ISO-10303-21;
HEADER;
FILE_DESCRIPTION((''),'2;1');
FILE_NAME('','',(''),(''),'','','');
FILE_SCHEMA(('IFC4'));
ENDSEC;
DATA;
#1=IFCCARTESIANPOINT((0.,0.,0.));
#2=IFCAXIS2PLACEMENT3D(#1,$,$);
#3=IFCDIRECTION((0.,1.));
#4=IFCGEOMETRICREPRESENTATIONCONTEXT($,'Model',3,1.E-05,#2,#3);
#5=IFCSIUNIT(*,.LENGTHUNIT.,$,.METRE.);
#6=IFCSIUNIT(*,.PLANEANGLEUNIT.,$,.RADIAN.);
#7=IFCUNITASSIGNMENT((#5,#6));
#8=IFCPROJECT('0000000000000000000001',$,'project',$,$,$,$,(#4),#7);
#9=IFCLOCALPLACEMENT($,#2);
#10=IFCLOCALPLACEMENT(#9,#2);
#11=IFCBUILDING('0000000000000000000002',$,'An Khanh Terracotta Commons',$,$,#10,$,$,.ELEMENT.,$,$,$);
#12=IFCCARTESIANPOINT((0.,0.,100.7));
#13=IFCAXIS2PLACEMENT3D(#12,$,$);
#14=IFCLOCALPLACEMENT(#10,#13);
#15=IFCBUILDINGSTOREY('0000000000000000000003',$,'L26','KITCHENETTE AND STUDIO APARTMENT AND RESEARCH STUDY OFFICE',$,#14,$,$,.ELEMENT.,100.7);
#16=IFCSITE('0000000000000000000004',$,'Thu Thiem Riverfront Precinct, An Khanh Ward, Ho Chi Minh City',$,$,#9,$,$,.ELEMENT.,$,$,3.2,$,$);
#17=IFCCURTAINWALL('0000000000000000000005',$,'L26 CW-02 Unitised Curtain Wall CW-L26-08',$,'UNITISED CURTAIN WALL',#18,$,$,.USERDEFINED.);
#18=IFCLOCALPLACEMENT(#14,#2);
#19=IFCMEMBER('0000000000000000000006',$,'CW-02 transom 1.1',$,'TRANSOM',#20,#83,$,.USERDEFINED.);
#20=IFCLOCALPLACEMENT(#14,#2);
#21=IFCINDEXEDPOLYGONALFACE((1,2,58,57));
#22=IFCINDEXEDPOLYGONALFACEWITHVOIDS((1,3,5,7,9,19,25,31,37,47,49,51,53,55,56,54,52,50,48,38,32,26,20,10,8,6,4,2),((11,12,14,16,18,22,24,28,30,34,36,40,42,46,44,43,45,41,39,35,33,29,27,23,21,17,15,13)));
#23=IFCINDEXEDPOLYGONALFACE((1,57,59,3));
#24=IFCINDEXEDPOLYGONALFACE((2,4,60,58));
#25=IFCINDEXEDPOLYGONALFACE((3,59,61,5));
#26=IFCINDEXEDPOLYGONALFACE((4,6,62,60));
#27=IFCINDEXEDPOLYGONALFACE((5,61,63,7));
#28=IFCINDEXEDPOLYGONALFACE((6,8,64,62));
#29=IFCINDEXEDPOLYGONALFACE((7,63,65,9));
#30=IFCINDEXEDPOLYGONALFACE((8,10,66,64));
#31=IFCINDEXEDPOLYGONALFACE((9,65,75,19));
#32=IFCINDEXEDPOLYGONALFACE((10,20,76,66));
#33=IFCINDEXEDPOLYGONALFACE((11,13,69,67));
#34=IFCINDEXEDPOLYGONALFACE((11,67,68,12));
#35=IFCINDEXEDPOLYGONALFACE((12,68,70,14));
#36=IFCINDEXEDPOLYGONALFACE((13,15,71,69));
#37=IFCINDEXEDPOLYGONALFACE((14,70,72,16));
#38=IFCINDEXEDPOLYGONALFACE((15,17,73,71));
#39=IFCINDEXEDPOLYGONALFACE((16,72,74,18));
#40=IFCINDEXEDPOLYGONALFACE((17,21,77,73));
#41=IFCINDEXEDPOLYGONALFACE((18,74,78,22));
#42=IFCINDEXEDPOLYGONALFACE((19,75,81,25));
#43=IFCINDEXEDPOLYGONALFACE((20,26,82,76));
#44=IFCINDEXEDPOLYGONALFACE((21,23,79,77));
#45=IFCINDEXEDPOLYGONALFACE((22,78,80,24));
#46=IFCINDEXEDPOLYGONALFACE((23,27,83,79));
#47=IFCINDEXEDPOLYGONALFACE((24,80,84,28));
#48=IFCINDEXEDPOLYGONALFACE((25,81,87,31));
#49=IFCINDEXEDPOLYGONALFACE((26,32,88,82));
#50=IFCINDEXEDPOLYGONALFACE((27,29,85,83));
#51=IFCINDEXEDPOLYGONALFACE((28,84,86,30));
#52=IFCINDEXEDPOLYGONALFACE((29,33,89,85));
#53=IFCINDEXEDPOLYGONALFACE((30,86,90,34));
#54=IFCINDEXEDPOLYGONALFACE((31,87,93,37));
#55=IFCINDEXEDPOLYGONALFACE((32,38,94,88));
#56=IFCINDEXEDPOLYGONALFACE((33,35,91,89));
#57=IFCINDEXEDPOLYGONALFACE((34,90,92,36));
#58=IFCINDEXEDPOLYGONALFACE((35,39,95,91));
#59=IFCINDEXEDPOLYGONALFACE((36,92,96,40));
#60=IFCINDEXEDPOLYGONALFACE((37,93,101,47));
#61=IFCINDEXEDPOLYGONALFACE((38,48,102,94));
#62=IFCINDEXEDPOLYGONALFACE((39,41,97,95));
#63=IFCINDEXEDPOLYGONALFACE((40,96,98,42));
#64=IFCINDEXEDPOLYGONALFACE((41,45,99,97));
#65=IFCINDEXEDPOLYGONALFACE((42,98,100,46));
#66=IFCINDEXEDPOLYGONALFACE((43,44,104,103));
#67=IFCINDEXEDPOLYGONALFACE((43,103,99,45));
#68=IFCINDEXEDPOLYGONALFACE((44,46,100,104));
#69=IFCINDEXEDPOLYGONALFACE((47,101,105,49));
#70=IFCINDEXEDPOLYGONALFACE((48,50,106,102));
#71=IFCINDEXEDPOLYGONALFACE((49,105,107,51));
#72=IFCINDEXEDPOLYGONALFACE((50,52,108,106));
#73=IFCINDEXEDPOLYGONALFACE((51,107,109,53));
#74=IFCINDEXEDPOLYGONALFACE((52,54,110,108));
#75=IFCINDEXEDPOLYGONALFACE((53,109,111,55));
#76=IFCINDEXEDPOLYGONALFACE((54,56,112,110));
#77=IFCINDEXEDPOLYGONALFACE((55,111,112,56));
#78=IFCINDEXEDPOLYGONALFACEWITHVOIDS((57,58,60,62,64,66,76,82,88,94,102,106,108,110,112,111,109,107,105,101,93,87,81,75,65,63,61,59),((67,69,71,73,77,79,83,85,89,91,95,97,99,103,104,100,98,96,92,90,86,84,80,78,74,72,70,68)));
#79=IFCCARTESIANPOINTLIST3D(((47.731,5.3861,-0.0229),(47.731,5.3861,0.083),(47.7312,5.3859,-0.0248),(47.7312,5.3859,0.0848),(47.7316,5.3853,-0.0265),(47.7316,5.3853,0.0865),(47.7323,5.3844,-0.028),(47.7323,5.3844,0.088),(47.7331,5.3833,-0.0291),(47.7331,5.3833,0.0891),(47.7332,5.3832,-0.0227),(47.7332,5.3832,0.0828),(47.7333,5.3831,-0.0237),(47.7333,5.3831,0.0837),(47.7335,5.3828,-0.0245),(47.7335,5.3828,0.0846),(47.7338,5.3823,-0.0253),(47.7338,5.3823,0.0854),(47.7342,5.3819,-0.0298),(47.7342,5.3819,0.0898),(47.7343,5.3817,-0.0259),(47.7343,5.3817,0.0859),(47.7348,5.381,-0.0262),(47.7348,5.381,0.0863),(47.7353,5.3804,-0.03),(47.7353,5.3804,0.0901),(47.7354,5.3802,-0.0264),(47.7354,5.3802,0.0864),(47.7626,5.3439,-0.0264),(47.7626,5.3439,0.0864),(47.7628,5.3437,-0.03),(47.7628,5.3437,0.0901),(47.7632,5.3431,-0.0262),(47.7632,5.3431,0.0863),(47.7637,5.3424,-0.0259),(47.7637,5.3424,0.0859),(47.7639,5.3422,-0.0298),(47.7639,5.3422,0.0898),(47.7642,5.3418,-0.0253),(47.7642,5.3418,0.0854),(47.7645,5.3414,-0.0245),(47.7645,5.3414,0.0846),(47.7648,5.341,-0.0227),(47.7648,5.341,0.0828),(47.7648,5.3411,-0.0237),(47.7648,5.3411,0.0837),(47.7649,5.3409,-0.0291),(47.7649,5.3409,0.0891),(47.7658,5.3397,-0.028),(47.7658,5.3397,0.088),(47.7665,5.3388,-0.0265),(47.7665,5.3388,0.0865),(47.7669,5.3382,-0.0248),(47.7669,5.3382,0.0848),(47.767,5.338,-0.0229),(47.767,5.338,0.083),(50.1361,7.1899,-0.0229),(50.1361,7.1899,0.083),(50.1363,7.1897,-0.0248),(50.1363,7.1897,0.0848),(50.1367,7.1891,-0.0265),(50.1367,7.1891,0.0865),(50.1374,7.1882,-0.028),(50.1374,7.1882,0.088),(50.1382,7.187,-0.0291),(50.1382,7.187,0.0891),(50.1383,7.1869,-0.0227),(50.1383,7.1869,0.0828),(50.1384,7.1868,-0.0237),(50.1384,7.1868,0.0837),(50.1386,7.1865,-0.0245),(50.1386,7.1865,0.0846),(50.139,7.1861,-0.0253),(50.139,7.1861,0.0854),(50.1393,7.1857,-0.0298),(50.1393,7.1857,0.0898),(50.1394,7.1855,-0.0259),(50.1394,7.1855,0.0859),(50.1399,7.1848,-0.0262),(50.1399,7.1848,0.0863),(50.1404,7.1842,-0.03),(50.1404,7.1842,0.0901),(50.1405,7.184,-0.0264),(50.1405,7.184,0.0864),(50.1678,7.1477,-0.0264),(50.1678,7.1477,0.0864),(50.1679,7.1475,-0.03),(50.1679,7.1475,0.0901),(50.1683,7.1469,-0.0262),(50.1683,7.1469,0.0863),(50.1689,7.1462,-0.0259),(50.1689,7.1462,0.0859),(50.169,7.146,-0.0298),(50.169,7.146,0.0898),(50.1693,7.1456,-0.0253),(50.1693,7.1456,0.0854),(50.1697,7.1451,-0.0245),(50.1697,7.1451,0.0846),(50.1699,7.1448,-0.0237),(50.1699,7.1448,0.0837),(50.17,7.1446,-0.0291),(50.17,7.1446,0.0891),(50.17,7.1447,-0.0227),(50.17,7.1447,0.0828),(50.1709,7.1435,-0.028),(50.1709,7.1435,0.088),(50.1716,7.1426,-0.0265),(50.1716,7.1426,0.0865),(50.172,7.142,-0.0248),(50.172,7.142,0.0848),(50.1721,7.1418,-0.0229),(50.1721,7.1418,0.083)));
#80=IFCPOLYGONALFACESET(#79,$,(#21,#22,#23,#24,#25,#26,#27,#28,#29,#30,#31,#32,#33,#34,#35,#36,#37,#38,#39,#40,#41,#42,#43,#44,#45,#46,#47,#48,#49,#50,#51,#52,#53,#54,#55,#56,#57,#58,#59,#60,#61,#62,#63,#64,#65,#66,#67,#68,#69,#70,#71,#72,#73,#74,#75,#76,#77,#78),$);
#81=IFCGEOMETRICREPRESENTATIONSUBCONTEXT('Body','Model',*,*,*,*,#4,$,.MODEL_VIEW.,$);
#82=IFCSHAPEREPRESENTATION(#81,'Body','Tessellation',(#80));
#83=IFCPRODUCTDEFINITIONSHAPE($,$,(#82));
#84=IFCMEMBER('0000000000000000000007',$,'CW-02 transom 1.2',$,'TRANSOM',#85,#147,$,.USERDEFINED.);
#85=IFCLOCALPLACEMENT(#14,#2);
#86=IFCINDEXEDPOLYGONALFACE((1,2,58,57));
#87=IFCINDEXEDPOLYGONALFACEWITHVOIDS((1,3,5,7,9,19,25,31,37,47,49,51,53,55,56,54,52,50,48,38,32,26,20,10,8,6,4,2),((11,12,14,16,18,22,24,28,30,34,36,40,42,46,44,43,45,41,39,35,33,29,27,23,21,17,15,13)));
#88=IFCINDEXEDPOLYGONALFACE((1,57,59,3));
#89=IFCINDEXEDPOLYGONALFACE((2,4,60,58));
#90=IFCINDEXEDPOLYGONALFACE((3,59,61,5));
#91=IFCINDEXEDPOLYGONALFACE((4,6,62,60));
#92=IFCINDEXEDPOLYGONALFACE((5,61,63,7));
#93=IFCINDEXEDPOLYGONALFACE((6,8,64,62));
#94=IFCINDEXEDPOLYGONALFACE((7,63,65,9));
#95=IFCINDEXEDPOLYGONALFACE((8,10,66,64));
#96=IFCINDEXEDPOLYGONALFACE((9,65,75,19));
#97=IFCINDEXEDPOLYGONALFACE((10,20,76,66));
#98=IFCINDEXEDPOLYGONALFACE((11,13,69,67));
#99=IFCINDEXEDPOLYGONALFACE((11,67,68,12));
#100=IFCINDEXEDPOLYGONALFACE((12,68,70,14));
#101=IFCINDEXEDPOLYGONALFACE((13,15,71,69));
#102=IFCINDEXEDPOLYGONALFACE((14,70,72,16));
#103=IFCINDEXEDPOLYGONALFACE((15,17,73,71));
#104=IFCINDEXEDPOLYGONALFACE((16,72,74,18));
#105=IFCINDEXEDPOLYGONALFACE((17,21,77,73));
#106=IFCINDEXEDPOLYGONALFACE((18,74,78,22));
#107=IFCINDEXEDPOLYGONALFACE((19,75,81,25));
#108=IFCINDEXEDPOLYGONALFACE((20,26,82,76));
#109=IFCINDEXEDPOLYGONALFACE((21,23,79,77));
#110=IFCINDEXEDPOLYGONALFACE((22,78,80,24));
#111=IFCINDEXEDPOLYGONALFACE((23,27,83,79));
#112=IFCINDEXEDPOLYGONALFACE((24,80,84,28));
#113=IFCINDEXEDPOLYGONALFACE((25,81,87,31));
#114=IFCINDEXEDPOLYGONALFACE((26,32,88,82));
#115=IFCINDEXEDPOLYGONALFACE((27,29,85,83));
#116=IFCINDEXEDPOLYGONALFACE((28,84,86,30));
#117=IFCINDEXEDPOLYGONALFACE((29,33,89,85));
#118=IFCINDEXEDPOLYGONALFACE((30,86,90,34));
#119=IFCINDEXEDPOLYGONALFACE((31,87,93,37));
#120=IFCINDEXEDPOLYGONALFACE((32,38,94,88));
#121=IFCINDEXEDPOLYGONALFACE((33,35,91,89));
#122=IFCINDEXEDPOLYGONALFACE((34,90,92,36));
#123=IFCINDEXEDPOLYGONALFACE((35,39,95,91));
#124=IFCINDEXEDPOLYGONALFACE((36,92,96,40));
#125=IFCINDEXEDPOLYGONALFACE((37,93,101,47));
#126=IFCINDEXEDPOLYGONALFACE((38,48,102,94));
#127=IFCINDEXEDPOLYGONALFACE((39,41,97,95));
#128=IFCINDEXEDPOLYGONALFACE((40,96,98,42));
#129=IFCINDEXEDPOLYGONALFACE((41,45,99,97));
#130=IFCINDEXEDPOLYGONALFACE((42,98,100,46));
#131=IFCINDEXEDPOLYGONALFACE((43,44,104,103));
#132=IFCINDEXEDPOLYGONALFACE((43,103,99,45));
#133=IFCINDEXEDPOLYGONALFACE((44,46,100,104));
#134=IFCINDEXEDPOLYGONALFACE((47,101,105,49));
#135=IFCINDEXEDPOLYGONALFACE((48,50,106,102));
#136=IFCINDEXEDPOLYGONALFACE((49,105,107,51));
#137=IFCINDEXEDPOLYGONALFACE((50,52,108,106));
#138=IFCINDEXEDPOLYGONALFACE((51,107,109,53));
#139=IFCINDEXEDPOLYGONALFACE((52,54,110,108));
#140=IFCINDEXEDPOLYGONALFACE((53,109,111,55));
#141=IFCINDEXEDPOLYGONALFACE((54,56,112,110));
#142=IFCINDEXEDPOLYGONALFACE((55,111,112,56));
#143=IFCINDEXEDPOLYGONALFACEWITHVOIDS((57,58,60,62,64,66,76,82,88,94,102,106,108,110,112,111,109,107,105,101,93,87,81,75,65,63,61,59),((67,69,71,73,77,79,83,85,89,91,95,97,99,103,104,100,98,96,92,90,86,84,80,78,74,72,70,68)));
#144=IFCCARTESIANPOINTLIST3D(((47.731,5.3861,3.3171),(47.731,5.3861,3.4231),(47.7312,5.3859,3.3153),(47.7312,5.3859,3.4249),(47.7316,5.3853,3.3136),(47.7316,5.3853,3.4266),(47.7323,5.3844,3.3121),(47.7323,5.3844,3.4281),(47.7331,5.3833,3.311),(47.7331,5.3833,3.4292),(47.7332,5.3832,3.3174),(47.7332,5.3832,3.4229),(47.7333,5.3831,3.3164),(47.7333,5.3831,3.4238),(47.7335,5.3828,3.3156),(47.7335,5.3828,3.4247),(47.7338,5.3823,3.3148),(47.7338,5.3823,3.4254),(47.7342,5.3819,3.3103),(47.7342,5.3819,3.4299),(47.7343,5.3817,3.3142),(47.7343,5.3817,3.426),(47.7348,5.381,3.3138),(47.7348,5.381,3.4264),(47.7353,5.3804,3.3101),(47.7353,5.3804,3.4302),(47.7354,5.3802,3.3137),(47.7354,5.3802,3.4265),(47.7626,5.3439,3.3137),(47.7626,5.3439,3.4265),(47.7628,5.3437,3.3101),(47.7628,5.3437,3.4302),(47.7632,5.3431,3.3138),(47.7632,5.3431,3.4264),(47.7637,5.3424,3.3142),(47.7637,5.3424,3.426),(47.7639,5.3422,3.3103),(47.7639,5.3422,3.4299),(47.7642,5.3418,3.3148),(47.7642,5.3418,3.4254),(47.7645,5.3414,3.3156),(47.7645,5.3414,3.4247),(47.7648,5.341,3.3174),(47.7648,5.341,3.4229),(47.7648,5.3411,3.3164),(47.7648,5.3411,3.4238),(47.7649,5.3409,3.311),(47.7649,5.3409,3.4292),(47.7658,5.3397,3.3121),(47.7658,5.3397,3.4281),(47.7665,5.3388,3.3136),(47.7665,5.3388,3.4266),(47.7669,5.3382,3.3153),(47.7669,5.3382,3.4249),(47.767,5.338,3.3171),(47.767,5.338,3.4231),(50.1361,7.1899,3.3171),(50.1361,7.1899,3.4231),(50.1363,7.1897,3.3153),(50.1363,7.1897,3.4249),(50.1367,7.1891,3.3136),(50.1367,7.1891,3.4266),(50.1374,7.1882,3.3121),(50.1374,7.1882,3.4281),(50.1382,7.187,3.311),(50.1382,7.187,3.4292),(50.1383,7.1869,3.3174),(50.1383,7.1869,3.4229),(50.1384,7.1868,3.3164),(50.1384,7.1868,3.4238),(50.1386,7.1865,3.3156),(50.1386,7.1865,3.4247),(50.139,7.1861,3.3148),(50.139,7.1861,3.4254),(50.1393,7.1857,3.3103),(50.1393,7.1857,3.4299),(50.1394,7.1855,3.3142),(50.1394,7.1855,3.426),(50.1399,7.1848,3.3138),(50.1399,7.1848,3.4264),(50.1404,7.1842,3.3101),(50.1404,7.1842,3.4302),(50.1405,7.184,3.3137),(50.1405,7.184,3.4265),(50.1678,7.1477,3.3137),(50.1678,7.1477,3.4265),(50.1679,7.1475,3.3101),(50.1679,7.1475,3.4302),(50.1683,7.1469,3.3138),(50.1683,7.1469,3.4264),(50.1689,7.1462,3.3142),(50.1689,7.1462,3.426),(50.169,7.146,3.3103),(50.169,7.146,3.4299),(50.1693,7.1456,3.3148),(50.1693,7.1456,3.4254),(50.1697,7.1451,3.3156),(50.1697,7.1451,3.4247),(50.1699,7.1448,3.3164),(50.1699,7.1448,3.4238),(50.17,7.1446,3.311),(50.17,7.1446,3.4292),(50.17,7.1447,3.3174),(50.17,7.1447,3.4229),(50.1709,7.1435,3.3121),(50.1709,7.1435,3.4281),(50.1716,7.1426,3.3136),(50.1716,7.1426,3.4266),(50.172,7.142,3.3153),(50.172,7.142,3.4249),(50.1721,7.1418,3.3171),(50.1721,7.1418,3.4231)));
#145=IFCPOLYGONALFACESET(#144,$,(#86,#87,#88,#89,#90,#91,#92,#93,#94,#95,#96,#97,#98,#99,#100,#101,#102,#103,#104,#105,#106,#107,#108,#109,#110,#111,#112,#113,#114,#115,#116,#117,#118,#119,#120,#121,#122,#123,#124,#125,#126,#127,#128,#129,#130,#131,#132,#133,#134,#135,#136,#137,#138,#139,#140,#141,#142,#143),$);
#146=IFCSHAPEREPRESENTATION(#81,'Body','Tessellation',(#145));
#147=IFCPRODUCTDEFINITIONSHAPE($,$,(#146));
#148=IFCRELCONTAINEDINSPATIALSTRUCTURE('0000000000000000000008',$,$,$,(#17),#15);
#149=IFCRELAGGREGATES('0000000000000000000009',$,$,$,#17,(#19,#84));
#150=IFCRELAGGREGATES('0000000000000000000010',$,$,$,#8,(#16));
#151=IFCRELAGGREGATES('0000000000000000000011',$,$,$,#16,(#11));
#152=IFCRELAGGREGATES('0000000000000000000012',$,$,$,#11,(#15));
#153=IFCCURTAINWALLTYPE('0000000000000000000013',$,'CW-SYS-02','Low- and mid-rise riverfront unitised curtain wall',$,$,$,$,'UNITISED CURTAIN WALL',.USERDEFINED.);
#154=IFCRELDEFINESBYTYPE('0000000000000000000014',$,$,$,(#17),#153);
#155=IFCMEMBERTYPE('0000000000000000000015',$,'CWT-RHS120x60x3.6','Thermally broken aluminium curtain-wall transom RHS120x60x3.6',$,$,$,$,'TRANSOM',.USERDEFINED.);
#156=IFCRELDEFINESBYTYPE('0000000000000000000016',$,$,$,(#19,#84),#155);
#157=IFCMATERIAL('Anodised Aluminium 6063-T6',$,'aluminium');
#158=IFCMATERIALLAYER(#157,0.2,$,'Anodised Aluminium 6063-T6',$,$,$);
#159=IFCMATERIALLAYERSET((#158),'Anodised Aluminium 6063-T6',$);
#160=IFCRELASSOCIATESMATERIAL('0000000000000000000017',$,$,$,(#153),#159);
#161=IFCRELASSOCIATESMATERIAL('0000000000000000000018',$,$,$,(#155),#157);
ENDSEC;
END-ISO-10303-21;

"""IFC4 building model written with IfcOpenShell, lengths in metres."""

from ifc_helpers import new_model, si_unit, direction, frame, origin, origin_2d, place, context, subcontext, project, spatial, hollow_rectangle, extrude, material, layer, layer_set, material_profile, profile_set, type_object, element, aggregate, save


model = new_model("IFC4")

# Units and contexts
model_context = context("Model", 3, precision=1e-05, world=origin(), true_north=direction((0.0, 1.0)))
body_context = subcontext(model_context, "Body", "Model", "MODEL_VIEW")
ifc_project = project(units=[si_unit("LENGTHUNIT", "METRE"), si_unit("PLANEANGLEUNIT", "RADIAN")], contexts=[model_context])

# Site, building, storey
site_placement = place(None, origin())
site = spatial("IfcSite", under=ifc_project, at=site_placement, Name="Thu Thiem Riverfront Precinct, An Khanh Ward, Ho Chi Minh City", CompositionType="ELEMENT", RefElevation=3.2)
building_placement = place(site_placement, origin())
building = spatial("IfcBuilding", under=site, at=building_placement, Name="An Khanh Terracotta Commons", CompositionType="ELEMENT")
storey_placement = place(building_placement, frame((0.0, 0.0, 100.7)))
storey = spatial("IfcBuildingStorey", under=building, at=storey_placement, Name="L26", Description="KITCHENETTE AND STUDIO APARTMENT AND RESEARCH STUDY OFFICE", CompositionType="ELEMENT", Elevation=100.7)

# Curtain wall, members
ifc_material_1 = material(Name="Anodised Aluminium 6063-T6", Category="aluminium")
ifc_layer_1 = layer(ifc_material_1, 0.2, Name="Anodised Aluminium 6063-T6")
ifc_layer_set_1 = layer_set([ifc_layer_1], Name="Anodised Aluminium 6063-T6")
curtain_wall_type = type_object("IfcCurtainWallType", Name="CW-SYS-02", Description="Low- and mid-rise riverfront unitised curtain wall", ElementType="UNITISED CURTAIN WALL", PredefinedType="USERDEFINED", material=ifc_layer_set_1)
curtain_wall_placement = place(storey_placement, origin())
curtain_wall = element("IfcCurtainWall", 1, at=curtain_wall_placement, inside=storey, type_object=curtain_wall_type, Name="L26 CW-02 Unitised Curtain Wall CW-L26-08", ObjectType="UNITISED CURTAIN WALL", PredefinedType="USERDEFINED")
ifc_material_profile_1 = material_profile(ifc_material_1, hollow_rectangle(XDim=0.0601, YDim=0.1201, WallThickness=0.0037, InnerFilletRadius=0.0037, OuterFilletRadius=0.0071, at=origin_2d()), Name="RHS120x60x3.6")
ifc_profile_set_1 = profile_set([ifc_material_profile_1], Name="Anodised Aluminium 6063-T6")
member_type_1 = type_object("IfcMemberType", Name="CWT-RHS120x60x3.6", Description="Thermally broken aluminium curtain-wall transom RHS120x60x3.6", ElementType="TRANSOM", PredefinedType="USERDEFINED", material=ifc_profile_set_1)
member_1_placement = place(storey_placement, frame((47.749, 5.3621, 0.03), z_axis=(0.80001, 0.599987, 0.0), x_axis=(-0.599987, 0.80001, 0.0)))
member_1 = element("IfcMember", 2, at=member_1_placement, type_object=member_type_1, Name="CW-02 transom 1.1", ObjectType="TRANSOM", PredefinedType="USERDEFINED", context=body_context, shape_type="SweptSolid", body=[
    extrude(hollow_rectangle(XDim=0.0601, YDim=0.1201, WallThickness=0.0037, InnerFilletRadius=0.0037, OuterFilletRadius=0.0071, at=origin_2d()), origin(), (0.0, 0.0, 1.0), 3.0063),
])
member_2_placement = place(storey_placement, frame((47.749, 5.3621, 3.3701), z_axis=(0.80001, 0.599987, 0.0), x_axis=(-0.599987, 0.80001, 0.0)))
member_2 = element("IfcMember", 3, at=member_2_placement, type_object=member_type_1, Name="CW-02 transom 1.2", ObjectType="TRANSOM", PredefinedType="USERDEFINED", context=body_context, shape_type="SweptSolid", body=[
    extrude(hollow_rectangle(XDim=0.0601, YDim=0.1201, WallThickness=0.0037, InnerFilletRadius=0.0037, OuterFilletRadius=0.0071, at=origin_2d()), origin(), (0.0, 0.0, 1.0), 3.0063),
])
aggregate(curtain_wall, [member_1, member_2])

save(model, "model.ifc")
